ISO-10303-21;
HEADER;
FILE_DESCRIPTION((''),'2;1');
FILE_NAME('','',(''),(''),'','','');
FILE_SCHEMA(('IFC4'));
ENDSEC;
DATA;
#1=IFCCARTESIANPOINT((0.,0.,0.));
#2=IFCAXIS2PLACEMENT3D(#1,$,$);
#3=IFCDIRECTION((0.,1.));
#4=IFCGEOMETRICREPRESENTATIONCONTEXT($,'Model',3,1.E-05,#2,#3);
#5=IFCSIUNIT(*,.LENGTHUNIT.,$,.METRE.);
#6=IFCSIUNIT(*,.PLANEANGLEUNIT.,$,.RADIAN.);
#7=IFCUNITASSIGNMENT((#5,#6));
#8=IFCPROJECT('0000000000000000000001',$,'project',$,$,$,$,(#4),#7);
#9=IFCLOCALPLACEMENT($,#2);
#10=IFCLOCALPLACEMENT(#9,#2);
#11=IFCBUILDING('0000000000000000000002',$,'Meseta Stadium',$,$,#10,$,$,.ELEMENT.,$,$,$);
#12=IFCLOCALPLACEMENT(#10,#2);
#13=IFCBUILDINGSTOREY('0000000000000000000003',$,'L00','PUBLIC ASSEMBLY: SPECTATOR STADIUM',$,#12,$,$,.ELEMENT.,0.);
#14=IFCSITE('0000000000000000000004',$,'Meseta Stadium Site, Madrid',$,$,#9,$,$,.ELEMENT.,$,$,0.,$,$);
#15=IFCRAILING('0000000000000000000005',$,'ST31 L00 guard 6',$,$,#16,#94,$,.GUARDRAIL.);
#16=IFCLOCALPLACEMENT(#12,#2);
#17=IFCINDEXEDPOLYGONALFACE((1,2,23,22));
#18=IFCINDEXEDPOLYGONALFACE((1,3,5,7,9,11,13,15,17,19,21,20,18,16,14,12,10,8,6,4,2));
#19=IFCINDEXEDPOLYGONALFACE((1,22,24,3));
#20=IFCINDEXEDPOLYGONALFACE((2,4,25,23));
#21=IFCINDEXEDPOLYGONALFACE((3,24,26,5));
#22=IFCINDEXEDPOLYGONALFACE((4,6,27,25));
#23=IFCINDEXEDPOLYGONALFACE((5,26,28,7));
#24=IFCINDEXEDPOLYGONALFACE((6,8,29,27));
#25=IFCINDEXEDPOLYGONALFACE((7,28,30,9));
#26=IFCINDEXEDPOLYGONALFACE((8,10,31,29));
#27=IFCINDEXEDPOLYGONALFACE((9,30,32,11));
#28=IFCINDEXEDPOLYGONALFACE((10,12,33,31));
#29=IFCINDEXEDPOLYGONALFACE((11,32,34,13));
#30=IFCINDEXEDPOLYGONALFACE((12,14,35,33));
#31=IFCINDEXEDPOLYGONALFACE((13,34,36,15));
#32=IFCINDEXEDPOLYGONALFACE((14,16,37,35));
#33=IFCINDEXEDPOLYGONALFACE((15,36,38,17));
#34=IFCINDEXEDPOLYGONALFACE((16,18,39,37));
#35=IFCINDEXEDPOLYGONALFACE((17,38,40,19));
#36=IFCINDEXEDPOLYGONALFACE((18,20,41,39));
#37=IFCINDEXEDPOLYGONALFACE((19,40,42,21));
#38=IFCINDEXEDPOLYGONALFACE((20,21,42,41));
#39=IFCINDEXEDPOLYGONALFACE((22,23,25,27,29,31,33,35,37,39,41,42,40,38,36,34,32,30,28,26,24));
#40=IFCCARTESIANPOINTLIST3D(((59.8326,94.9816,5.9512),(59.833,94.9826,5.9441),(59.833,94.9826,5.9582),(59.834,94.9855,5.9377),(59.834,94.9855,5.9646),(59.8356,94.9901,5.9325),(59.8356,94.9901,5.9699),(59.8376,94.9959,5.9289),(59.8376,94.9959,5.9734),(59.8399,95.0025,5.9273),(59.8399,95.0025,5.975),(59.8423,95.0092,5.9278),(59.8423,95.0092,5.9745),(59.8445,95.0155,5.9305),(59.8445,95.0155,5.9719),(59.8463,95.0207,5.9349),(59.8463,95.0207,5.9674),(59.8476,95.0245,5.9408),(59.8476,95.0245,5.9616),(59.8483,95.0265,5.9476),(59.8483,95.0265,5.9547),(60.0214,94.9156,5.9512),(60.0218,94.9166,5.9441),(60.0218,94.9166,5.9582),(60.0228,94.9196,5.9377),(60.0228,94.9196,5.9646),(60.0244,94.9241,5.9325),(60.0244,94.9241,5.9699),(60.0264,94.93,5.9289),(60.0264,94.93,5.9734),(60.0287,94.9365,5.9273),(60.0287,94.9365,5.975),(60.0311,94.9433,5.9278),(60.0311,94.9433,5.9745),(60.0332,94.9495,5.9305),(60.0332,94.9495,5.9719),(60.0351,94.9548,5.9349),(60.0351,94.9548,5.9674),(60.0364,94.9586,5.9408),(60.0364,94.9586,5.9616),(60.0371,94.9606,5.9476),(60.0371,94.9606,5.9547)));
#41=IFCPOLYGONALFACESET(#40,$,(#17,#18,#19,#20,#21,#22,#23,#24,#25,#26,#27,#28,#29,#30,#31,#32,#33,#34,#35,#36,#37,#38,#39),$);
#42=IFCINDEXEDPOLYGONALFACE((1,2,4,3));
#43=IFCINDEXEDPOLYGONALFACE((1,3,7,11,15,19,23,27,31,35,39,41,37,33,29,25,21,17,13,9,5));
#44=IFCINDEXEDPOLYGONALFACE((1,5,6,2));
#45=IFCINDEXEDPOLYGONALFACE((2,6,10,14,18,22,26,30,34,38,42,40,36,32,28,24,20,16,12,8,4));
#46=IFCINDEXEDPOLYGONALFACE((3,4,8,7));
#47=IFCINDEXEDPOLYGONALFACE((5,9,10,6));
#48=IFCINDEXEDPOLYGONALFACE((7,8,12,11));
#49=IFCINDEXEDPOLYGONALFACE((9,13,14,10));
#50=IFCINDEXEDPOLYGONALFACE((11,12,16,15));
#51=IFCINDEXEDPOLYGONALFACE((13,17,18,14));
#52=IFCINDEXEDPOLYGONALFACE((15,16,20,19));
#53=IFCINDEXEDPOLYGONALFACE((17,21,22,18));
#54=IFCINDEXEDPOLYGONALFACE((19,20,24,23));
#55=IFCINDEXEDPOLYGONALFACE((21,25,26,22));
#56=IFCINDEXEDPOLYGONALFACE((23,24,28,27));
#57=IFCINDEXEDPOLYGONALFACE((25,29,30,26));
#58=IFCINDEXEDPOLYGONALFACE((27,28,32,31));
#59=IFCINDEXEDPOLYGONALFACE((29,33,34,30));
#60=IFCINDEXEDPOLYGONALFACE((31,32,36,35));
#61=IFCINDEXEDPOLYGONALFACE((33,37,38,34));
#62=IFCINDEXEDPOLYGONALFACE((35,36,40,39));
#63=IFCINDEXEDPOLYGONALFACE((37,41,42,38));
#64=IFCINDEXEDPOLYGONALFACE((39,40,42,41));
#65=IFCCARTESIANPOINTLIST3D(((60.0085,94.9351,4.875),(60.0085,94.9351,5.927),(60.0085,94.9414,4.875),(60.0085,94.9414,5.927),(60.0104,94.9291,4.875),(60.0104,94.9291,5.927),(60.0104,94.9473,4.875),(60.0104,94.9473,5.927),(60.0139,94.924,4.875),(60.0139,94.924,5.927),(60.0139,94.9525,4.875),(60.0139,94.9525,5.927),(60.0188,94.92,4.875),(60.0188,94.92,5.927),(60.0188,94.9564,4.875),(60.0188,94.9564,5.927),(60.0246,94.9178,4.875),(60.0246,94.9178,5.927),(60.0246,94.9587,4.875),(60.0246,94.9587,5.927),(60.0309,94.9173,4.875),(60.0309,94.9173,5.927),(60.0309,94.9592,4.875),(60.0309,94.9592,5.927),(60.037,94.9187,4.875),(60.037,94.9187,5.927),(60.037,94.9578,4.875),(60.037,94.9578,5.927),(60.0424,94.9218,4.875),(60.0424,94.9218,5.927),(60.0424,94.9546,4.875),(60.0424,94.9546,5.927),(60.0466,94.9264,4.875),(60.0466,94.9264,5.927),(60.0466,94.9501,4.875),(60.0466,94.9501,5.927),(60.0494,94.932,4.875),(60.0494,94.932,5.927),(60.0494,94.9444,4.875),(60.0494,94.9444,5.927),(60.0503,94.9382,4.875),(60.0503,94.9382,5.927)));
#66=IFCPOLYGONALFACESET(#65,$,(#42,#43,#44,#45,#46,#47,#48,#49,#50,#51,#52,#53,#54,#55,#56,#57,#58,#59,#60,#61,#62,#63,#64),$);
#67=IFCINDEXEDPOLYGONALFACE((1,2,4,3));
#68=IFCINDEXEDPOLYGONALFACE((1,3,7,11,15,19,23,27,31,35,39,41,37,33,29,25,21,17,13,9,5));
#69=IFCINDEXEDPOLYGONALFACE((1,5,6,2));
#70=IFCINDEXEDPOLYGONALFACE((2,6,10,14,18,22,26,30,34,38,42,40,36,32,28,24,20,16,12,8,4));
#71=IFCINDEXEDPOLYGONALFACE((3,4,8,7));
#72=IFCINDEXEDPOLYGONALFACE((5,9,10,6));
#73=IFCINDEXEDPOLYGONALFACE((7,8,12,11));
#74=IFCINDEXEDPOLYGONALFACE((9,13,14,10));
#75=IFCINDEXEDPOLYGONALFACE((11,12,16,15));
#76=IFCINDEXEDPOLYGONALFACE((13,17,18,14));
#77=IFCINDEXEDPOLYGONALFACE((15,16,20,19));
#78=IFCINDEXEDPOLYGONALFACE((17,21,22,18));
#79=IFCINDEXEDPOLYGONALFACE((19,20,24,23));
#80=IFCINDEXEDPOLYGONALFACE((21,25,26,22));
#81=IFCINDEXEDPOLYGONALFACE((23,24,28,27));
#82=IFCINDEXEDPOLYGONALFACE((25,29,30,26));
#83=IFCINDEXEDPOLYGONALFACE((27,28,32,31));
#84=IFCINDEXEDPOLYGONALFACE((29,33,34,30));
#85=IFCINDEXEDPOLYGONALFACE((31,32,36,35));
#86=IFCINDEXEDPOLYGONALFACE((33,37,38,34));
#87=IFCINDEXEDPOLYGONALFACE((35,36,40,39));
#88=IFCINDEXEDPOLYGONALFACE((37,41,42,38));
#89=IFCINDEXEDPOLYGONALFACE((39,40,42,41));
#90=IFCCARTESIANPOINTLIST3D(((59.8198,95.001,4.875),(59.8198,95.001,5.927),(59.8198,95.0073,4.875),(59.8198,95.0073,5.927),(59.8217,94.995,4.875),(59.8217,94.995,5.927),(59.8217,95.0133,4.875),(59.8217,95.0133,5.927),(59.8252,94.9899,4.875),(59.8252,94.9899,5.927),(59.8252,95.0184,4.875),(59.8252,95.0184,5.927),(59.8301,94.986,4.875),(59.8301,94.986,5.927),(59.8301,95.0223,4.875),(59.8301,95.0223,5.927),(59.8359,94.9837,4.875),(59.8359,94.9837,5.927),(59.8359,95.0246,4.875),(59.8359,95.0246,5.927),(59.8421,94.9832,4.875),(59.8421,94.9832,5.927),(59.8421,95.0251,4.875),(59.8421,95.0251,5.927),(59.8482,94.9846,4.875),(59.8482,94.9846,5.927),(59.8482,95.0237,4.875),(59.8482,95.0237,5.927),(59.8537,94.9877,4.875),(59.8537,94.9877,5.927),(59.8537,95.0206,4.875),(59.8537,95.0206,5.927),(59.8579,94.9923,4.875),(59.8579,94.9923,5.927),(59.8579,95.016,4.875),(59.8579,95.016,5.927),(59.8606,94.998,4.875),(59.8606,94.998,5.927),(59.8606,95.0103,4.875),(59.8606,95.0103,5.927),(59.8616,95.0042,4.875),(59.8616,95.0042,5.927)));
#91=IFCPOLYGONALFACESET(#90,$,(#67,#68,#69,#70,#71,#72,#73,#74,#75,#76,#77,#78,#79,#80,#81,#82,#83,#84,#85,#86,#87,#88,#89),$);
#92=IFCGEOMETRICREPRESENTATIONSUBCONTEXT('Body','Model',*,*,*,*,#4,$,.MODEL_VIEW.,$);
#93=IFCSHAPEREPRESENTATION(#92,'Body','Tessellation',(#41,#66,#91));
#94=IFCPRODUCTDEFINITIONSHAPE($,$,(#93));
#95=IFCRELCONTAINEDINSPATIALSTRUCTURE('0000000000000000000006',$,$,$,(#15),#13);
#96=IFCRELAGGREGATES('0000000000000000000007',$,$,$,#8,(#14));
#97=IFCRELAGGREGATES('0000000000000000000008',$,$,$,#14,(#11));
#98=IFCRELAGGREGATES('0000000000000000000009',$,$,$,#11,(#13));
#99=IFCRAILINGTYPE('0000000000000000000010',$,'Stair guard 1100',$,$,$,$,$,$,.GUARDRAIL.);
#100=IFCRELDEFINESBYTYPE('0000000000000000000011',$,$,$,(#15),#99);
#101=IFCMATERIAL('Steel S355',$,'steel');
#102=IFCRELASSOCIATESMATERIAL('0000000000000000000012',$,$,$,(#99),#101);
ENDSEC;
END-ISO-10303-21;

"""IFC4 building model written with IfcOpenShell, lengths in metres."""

from ifc_helpers import new_model, si_unit, direction, frame, origin, origin_2d, place, context, subcontext, project, spatial, circle, extrude, material, type_object, element, save


model = new_model("IFC4")

# Units and contexts
model_context = context("Model", 3, precision=1e-05, world=origin(), true_north=direction((0.0, 1.0)))
body_context = subcontext(model_context, "Body", "Model", "MODEL_VIEW")
ifc_project = project(units=[si_unit("LENGTHUNIT", "METRE"), si_unit("PLANEANGLEUNIT", "RADIAN")], contexts=[model_context])

# Site, building, storey
site_placement = place(None, origin())
site = spatial("IfcSite", under=ifc_project, at=site_placement, Name="Meseta Stadium Site, Madrid", CompositionType="ELEMENT", RefElevation=0.0)
building_placement = place(site_placement, origin())
building = spatial("IfcBuilding", under=site, at=building_placement, Name="Meseta Stadium", CompositionType="ELEMENT")
storey_placement = place(building_placement, origin())
storey = spatial("IfcBuildingStorey", under=building, at=storey_placement, Name="L00", Description="PUBLIC ASSEMBLY: SPECTATOR STADIUM", CompositionType="ELEMENT", Elevation=0.0)

# Railing
ifc_material_1 = material(Name="Steel S355", Category="steel")
railing_type_1 = type_object("IfcRailingType", Name="Stair guard 1100", PredefinedType="GUARDRAIL", material=ifc_material_1)
railing_1_placement = place(storey_placement, frame((60.0293, 94.9382, 4.875)))
element("IfcRailing", 1, at=railing_1_placement, inside=storey, type_object=railing_type_1, Name="ST31 L00 guard 6", PredefinedType="GUARDRAIL", context=body_context, shape_type="SweptSolid", body=[
    extrude(circle(Radius=0.0239, at=origin_2d()), frame((0.0, 0.0, 1.0762), z_axis=(-0.944068, 0.329752, 0.0), x_axis=(-0.329752, -0.944068, 0.0)), (0.0, 0.0, 1.0), 0.2),
    extrude(circle(Radius=0.021, at=origin_2d()), origin(), (0.0, 0.0, 1.0), 1.052),
    extrude(circle(Radius=0.021, at=origin_2d()), frame((-0.1887, 0.0659, 0.0)), (0.0, 0.0, 1.0), 1.052),
])

save(model, "model.ifc")
